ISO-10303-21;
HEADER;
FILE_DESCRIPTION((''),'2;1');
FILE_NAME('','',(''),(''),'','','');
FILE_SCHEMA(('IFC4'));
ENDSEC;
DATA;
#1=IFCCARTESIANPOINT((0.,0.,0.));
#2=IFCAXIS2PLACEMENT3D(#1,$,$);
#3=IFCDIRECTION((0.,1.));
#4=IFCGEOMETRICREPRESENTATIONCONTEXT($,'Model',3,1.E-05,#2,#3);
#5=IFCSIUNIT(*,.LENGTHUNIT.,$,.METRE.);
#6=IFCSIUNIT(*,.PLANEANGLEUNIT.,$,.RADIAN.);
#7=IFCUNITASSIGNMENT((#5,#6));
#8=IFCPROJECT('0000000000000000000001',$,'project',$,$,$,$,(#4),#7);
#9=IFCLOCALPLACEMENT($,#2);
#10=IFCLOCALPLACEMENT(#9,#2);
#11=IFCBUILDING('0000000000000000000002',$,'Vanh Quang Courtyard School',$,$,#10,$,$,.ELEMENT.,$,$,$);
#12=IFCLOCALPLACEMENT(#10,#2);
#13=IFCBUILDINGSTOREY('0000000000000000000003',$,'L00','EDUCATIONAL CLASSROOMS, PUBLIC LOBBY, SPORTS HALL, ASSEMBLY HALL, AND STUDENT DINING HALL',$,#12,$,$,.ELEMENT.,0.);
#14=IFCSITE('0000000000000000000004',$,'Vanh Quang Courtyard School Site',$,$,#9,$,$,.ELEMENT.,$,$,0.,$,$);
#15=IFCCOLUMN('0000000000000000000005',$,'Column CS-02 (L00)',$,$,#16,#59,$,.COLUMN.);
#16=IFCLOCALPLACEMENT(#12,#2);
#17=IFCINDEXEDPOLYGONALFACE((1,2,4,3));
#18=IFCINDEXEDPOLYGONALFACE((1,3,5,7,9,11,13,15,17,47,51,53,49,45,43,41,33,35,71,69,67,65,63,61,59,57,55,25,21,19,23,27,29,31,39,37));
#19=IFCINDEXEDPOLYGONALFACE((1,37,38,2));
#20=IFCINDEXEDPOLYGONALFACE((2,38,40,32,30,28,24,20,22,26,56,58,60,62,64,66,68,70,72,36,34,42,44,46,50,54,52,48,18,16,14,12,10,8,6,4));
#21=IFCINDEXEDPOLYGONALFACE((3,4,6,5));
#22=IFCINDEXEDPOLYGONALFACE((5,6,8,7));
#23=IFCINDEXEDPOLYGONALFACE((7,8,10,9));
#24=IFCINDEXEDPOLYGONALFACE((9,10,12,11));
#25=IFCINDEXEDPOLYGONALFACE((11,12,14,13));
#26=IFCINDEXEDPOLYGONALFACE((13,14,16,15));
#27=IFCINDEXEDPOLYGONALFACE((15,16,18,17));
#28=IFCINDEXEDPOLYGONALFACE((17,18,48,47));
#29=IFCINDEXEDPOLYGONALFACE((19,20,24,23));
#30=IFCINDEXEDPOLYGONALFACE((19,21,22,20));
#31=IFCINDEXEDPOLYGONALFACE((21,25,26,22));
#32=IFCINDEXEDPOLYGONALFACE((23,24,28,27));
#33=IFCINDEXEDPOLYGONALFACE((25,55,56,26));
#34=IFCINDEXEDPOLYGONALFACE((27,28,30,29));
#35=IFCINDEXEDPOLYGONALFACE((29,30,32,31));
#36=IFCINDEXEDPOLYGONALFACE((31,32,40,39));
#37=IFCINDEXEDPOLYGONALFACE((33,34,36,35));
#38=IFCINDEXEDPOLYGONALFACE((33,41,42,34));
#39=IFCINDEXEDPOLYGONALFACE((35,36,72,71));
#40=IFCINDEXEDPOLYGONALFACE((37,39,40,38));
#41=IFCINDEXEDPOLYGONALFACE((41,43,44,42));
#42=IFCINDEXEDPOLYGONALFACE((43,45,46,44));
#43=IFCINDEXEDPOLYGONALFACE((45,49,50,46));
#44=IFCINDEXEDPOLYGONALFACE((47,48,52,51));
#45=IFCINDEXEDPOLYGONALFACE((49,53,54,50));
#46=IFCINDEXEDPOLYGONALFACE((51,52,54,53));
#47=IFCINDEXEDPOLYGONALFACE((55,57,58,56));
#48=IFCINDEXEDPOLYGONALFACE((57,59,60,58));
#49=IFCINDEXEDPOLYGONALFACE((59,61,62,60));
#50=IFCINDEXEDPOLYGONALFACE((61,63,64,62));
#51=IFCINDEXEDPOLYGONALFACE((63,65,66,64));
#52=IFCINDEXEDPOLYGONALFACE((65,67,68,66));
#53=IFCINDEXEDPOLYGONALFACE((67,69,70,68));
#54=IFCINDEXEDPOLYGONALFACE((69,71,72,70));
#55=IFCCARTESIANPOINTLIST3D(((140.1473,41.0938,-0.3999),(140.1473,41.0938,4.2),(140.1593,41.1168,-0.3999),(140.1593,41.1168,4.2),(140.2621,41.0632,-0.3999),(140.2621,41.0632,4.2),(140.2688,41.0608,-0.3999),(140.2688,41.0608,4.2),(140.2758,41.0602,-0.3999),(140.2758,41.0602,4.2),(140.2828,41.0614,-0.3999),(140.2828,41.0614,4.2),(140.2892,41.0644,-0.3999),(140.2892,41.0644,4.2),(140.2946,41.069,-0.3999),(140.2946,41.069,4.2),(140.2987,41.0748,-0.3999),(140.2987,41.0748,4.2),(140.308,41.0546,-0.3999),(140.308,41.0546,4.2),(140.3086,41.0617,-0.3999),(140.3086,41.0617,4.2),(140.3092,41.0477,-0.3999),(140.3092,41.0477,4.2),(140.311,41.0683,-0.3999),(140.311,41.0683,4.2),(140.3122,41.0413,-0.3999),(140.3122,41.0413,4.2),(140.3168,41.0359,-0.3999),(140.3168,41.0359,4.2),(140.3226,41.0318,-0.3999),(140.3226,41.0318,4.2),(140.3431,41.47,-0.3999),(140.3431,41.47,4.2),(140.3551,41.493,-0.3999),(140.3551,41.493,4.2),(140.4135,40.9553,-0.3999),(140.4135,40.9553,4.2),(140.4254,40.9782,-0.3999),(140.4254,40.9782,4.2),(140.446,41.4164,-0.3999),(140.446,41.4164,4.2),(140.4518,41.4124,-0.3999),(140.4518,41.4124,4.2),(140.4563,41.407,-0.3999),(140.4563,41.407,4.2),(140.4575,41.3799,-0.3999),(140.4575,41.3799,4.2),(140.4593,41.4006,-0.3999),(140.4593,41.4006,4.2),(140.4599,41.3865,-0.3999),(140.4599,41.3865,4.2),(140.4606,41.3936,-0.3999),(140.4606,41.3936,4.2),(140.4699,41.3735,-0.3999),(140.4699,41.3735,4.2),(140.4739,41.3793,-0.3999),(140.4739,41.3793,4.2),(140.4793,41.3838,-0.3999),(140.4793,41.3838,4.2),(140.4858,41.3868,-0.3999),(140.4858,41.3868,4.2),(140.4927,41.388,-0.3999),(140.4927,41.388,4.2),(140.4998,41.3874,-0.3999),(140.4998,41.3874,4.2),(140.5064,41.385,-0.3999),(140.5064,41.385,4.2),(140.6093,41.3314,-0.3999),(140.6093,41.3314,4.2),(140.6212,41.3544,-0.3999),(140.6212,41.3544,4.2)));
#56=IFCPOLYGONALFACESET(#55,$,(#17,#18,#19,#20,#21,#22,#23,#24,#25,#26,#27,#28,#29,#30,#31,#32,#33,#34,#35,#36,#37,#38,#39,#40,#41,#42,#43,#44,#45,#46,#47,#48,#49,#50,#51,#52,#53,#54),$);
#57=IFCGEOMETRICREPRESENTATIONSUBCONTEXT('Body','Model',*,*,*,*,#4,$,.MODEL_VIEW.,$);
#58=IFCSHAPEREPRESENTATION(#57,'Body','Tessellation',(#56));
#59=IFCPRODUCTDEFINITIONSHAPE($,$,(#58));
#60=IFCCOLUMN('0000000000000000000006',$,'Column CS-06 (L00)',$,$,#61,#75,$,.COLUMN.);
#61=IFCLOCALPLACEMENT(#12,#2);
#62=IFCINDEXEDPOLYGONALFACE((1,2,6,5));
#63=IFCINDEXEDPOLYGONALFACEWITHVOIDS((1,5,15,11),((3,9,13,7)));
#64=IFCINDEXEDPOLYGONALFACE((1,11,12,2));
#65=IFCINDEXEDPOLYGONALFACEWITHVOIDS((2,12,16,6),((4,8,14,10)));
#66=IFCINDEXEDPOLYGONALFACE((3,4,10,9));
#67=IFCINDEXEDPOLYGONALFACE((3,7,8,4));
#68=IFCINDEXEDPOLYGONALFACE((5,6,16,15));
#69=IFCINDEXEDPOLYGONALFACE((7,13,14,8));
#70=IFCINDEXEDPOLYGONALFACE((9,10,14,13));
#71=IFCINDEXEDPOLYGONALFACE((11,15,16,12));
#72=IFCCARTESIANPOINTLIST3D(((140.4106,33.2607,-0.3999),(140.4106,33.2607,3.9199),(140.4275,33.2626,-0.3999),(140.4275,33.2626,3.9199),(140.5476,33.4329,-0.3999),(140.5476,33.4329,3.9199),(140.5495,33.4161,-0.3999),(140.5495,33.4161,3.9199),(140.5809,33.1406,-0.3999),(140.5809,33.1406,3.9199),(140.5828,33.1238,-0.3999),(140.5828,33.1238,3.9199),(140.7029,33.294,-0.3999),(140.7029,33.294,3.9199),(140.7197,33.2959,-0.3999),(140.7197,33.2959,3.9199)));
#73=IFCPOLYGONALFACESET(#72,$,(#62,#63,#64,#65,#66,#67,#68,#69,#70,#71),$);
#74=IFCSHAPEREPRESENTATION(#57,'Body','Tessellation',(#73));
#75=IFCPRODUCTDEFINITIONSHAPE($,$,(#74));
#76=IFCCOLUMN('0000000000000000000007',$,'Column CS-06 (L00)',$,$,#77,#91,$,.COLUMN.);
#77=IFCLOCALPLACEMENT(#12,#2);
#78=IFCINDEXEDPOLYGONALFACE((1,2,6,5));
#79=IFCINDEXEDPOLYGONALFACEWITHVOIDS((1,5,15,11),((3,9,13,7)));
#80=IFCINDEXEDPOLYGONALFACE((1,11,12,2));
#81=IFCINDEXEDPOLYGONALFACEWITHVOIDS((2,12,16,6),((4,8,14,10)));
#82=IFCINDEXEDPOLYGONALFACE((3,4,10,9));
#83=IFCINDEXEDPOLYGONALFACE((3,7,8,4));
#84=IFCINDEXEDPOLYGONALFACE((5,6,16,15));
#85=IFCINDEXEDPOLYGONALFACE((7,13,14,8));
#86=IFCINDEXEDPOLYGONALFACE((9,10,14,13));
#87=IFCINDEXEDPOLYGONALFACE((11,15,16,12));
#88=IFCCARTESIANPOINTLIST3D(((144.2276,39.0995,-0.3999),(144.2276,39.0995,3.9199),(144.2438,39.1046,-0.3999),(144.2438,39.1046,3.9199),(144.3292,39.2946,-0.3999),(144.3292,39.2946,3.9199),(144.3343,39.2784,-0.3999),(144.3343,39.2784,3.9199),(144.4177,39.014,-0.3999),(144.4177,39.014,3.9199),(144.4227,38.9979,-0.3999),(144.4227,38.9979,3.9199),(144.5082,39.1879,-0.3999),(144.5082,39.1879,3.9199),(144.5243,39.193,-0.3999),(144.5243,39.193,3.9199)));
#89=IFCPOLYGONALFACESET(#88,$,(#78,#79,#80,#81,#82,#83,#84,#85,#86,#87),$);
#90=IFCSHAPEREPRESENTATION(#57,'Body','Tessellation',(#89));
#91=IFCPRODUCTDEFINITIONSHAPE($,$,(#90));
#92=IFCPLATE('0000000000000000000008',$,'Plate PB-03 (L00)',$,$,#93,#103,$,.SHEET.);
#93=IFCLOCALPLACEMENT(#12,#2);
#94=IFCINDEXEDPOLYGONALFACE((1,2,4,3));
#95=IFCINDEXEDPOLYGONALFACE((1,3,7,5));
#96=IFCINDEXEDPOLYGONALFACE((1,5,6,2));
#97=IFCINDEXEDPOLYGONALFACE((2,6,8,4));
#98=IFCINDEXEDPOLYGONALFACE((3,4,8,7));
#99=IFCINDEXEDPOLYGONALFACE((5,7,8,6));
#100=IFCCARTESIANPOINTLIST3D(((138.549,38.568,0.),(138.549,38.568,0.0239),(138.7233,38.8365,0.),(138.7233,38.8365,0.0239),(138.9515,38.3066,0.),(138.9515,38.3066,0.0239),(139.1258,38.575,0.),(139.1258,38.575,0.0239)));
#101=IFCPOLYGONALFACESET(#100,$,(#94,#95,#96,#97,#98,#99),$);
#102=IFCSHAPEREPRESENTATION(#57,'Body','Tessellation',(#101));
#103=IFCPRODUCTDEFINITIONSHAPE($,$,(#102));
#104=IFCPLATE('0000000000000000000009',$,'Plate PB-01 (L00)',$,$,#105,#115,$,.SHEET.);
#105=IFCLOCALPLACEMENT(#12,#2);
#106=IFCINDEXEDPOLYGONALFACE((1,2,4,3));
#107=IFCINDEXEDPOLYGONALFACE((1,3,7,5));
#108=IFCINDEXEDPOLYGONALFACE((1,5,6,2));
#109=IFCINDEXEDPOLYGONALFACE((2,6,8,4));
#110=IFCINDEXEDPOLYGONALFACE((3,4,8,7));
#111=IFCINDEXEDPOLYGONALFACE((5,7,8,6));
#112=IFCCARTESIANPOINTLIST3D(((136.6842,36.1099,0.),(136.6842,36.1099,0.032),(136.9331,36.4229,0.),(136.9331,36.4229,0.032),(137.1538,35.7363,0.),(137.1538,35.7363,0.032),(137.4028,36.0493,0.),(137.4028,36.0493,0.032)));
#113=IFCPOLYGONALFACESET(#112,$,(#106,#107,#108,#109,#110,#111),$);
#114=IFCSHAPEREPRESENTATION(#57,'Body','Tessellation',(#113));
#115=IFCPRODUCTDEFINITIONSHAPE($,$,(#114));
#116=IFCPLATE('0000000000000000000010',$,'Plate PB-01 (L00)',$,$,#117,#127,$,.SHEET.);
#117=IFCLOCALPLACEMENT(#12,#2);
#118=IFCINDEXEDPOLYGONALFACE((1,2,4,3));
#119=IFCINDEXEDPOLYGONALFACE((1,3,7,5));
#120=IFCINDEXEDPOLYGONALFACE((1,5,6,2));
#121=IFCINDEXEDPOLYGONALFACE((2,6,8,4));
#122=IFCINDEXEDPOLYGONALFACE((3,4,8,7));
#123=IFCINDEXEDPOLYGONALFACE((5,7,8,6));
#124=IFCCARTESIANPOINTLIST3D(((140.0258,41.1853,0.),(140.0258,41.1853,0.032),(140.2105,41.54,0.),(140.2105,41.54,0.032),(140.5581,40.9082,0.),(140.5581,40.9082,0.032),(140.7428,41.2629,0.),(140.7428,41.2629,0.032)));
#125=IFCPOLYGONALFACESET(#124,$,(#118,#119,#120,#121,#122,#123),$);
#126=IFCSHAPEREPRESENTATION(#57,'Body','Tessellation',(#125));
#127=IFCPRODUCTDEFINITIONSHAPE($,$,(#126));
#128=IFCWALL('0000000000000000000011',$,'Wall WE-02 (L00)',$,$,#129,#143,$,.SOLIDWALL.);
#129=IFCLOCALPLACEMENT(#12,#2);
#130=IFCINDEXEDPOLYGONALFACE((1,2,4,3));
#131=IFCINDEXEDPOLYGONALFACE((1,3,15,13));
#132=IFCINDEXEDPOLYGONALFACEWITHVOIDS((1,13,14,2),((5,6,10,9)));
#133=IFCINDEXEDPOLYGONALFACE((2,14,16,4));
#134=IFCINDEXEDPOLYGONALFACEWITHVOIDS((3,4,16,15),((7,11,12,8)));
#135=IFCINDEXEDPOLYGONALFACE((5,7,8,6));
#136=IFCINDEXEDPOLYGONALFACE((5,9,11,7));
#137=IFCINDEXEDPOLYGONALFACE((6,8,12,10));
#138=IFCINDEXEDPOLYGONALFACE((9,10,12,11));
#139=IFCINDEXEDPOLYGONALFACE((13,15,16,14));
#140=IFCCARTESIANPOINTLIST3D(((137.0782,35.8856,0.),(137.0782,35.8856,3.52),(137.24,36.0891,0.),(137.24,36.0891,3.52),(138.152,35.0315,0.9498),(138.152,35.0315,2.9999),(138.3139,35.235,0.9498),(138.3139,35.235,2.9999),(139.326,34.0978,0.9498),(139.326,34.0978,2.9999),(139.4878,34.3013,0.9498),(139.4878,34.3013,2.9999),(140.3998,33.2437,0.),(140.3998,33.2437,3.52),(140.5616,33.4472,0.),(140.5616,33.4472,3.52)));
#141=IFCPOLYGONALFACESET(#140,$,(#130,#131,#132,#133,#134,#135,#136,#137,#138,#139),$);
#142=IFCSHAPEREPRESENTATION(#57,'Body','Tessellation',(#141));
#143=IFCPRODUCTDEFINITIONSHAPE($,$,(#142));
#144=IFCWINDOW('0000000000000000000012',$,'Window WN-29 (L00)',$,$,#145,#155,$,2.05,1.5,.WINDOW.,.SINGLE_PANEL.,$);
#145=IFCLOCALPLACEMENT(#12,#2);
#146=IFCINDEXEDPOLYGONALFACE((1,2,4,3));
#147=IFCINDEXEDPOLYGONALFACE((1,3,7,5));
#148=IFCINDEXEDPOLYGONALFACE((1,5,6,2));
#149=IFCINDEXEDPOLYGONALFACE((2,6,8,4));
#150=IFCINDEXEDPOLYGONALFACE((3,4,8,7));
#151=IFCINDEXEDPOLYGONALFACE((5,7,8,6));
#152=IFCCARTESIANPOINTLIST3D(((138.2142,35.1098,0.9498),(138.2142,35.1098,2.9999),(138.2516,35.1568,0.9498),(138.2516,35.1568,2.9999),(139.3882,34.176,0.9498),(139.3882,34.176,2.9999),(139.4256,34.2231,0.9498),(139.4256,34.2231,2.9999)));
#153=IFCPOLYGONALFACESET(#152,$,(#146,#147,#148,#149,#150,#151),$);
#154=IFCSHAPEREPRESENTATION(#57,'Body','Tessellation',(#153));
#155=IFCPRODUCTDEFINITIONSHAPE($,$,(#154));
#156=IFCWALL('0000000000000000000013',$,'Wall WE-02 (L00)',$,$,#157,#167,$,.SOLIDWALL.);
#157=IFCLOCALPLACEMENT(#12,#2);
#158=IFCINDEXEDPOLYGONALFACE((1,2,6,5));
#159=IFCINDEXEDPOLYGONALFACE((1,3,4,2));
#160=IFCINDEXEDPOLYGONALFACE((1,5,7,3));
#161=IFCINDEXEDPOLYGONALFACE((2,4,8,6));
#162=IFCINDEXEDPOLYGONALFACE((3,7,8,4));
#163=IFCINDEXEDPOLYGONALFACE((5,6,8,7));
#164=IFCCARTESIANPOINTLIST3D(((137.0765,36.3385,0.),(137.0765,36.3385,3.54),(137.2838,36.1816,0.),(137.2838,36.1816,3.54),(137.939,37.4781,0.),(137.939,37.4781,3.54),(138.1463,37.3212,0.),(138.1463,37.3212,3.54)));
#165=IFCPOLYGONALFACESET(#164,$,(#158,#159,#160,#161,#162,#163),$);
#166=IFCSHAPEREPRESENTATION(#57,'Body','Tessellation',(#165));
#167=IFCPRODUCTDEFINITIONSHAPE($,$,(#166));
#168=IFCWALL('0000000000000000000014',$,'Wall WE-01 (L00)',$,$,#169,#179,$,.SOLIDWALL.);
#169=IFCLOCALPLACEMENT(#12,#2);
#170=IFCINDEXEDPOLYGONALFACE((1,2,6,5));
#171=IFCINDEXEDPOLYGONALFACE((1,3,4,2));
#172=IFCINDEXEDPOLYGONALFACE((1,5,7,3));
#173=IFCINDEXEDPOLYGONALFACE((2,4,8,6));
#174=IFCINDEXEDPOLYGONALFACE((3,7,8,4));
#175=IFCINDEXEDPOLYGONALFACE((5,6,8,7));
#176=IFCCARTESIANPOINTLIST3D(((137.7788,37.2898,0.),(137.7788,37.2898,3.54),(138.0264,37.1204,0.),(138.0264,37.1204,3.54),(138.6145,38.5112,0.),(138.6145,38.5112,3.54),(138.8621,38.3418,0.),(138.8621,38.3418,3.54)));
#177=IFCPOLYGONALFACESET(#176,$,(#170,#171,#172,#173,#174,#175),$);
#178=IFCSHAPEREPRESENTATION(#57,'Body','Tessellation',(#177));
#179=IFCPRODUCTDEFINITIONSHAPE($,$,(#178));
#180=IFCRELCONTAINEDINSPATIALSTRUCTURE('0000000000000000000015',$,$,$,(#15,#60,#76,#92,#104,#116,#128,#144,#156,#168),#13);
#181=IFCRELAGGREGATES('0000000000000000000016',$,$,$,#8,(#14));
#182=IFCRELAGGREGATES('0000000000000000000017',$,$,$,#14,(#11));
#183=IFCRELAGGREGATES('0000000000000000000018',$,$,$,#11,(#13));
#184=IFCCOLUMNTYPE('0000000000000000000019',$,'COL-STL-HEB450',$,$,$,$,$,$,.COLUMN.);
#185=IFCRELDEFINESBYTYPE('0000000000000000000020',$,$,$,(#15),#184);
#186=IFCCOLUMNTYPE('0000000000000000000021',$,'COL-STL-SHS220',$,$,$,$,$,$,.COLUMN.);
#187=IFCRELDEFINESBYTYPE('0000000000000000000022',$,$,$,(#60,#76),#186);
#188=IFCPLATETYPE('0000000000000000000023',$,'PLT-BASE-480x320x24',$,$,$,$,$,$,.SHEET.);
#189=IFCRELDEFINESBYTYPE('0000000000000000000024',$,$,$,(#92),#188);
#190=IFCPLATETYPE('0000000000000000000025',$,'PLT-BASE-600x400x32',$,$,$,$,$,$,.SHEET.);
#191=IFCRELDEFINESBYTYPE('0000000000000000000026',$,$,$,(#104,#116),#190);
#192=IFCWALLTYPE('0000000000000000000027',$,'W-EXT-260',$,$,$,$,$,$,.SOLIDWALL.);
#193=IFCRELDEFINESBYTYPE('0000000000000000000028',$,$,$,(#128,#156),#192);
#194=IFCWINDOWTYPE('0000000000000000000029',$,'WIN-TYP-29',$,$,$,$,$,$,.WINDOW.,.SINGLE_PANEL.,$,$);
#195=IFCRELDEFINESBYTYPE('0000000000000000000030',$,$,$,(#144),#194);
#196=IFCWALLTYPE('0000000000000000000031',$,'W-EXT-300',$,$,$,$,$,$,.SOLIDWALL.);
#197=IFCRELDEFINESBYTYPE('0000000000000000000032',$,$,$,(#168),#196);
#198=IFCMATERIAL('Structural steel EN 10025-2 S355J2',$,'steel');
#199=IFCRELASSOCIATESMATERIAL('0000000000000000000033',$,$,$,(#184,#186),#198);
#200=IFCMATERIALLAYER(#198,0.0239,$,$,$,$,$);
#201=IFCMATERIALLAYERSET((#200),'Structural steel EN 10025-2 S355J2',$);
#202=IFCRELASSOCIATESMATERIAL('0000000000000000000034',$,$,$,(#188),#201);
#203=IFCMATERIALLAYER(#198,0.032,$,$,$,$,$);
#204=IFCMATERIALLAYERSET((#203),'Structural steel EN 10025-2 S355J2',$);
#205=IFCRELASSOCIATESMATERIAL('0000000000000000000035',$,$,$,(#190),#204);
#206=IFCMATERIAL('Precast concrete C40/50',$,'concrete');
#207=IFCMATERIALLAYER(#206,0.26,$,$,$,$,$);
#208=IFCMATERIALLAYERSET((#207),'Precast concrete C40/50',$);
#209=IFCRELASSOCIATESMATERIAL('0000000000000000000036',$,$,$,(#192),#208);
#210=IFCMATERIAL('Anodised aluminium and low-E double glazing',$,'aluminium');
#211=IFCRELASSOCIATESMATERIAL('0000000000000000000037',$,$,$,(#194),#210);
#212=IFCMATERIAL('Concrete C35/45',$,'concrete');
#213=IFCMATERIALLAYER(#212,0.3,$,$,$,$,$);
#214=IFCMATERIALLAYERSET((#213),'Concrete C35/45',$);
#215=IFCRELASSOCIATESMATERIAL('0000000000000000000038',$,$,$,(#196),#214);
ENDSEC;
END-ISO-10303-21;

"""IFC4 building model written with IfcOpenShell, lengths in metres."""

from ifc_helpers import new_model, si_unit, direction, frame, frame_2d, origin, origin_2d, place, context, subcontext, project, spatial, rectangle, hollow_rectangle, i_section, extrude, material, layer, layer_set, material_profile, profile_set, type_object, element, fill, save


model = new_model("IFC4")

# Units and contexts
model_context = context("Model", 3, precision=1e-05, world=origin(), true_north=direction((0.0, 1.0)))
body_context = subcontext(model_context, "Body", "Model", "MODEL_VIEW")
ifc_project = project(units=[si_unit("LENGTHUNIT", "METRE"), si_unit("PLANEANGLEUNIT", "RADIAN")], contexts=[model_context])

# Site, building, storey
site_placement = place(None, origin())
site = spatial("IfcSite", under=ifc_project, at=site_placement, Name="Vanh Quang Courtyard School Site", CompositionType="ELEMENT", RefElevation=0.0)
building_placement = place(site_placement, origin())
building = spatial("IfcBuilding", under=site, at=building_placement, Name="Vanh Quang Courtyard School", CompositionType="ELEMENT")
storey_placement = place(building_placement, origin())
storey = spatial("IfcBuildingStorey", under=building, at=storey_placement, Name="L00", Description="EDUCATIONAL CLASSROOMS, PUBLIC LOBBY, SPORTS HALL, ASSEMBLY HALL, AND STUDENT DINING HALL", CompositionType="ELEMENT", Elevation=0.0)

# Shared definitions
ifc_material_1 = material(Name="Concrete C35/45", Category="concrete")

# Columns
ifc_material_2 = material(Name="Structural steel EN 10025-2 S355J2", Category="steel")
ifc_material_profile_1 = material_profile(ifc_material_2, i_section(OverallWidth=0.3, OverallDepth=0.45, WebThickness=0.0139, FlangeThickness=0.0259, FilletRadius=0.0271, at=origin_2d()), Name="HEB 450")
ifc_profile_set_1 = profile_set([ifc_material_profile_1], Name="Structural steel EN 10025-2 S355J2")
column_type_1 = type_object("IfcColumnType", Name="COL-STL-HEB450", PredefinedType="COLUMN", material=ifc_profile_set_1)
for number, where, z_axis, x_axis, name in (
    (1, (140.3843, 41.2241, -0.3999), (0.0, 0.0, 1.0), (0.887011, -0.461749, 0.0), "Column CS-02 (L00)"),
):
    element("IfcColumn", number, at=place(storey_placement, frame(where, z_axis=z_axis, x_axis=x_axis)), inside=storey, type_object=column_type_1, Name=name, PredefinedType="COLUMN", context=body_context, shape_type="SweptSolid", body=[
        extrude(i_section(OverallWidth=0.3, OverallDepth=0.45, WebThickness=0.0139, FlangeThickness=0.0259, FilletRadius=0.0271, at=origin_2d()), origin(), (0.0, 0.0, 1.0), 4.5999),
    ])
ifc_material_profile_2 = material_profile(ifc_material_2, hollow_rectangle(XDim=0.22, YDim=0.22, WallThickness=0.012, at=origin_2d()), Name="SHS 220x220x12")
ifc_profile_set_2 = profile_set([ifc_material_profile_2], Name="Structural steel EN 10025-2 S355J2")
column_type_2 = type_object("IfcColumnType", Name="COL-STL-SHS220", PredefinedType="COLUMN", material=ifc_profile_set_2)
for number, where, z_axis, x_axis, name in (
    (2, (140.5652, 33.2783, -0.3999), (0.0, 0.0, 1.0), (0.782608, -0.622515, 0.0), "Column CS-06 (L00)"),
    (3, (144.376, 39.1462, -0.3999), (0.0, 0.0, 1.0), (0.887011, -0.461749, 0.0), "Column CS-06 (L00)"),
):
    element("IfcColumn", number, at=place(storey_placement, frame(where, z_axis=z_axis, x_axis=x_axis)), inside=storey, type_object=column_type_2, Name=name, PredefinedType="COLUMN", context=body_context, shape_type="SweptSolid", body=[
        extrude(hollow_rectangle(XDim=0.22, YDim=0.22, WallThickness=0.012, at=origin_2d()), origin(), (0.0, 0.0, 1.0), 4.3198),
    ])

# Plates
ifc_layer_1 = layer(ifc_material_2, 0.0239)
ifc_layer_set_1 = layer_set([ifc_layer_1], Name="Structural steel EN 10025-2 S355J2")
plate_type_1 = type_object("IfcPlateType", Name="PLT-BASE-480x320x24", PredefinedType="SHEET", material=ifc_layer_set_1)
plate_placement = place(storey_placement, frame((138.8374, 38.5715, 0.0), z_axis=(0.0, 0.0, 1.0), x_axis=(0.838671, -0.544639, 0.0)))
element("IfcPlate", 4, at=plate_placement, inside=storey, type_object=plate_type_1, Name="Plate PB-03 (L00)", PredefinedType="SHEET", context=body_context, shape_type="SweptSolid", body=[
    extrude(rectangle(XDim=0.48, YDim=0.3201, at=origin_2d()), origin(), (0.0, 0.0, 1.0), 0.0239),
])
ifc_layer_2 = layer(ifc_material_2, 0.032)
ifc_layer_set_2 = layer_set([ifc_layer_2], Name="Structural steel EN 10025-2 S355J2")
plate_type_2 = type_object("IfcPlateType", Name="PLT-BASE-600x400x32", PredefinedType="SHEET", material=ifc_layer_set_2)
for number, where, z_axis, x_axis, name in (
    (5, (137.0435, 36.0796, 0.0), (0.0, 0.0, 1.0), (0.782608, -0.622515, 0.0), "Plate PB-01 (L00)"),
    (6, (140.3843, 41.2241, 0.0), (0.0, 0.0, 1.0), (0.887011, -0.461749, 0.0), "Plate PB-01 (L00)"),
):
    element("IfcPlate", number, at=place(storey_placement, frame(where, z_axis=z_axis, x_axis=x_axis)), inside=storey, type_object=plate_type_2, Name=name, PredefinedType="SHEET", context=body_context, shape_type="SweptSolid", body=[
        extrude(rectangle(XDim=0.6001, YDim=0.3999, at=origin_2d()), origin(), (0.0, 0.0, 1.0), 0.032),
    ])

# Wall, opening, window
ifc_material_3 = material(Name="Precast concrete C40/50", Category="concrete")
ifc_layer_3 = layer(ifc_material_3, 0.26)
ifc_layer_set_3 = layer_set([ifc_layer_3], Name="Precast concrete C40/50")
wall_type_1 = type_object("IfcWallType", Name="W-EXT-260", PredefinedType="SOLIDWALL", material=ifc_layer_set_3)
wall_1_placement = place(storey_placement, frame((140.4807, 33.3455, 0.0), z_axis=(0.0, 0.0, 1.0), x_axis=(-0.782634, 0.622483, 0.0)))
wall_1 = element("IfcWall", 7, at=wall_1_placement, inside=storey, type_object=wall_type_1, Name="Wall WE-02 (L00)", PredefinedType="SOLIDWALL", context=body_context, shape_type="SweptSolid", body=[
    extrude(rectangle(XDim=4.2441, YDim=0.26, at=frame_2d((2.1221, 0.0))), origin(), (0.0, 0.0, 1.0), 3.52),
])
opening_placement = place(wall_1_placement, frame((1.3721, 0.0, 0.95)))
opening = element("IfcOpeningElement", 8, at=opening_placement, cuts=wall_1, PredefinedType="OPENING", context=body_context, shape_type="SweptSolid", body=[
    extrude(rectangle(XDim=1.5, YDim=2.05, at=frame_2d((0.75, 1.0249))), frame((0.0, 0.1401, 0.0), z_axis=(0.0, -1.0, 0.0), x_axis=(1.0, 0.0, 0.0)), (0.0, 0.0, 1.0), 0.28),
])
ifc_material_4 = material(Name="Anodised aluminium and low-E double glazing", Category="aluminium")
window_type = type_object("IfcWindowType", Name="WIN-TYP-29", PartitioningType="SINGLE_PANEL", PredefinedType="WINDOW", material=ifc_material_4)
window_placement = place(opening_placement, origin())
window = element("IfcWindow", 9, at=window_placement, inside=storey, type_object=window_type, Name="Window WN-29 (L00)", OverallHeight=2.05, OverallWidth=1.5, PartitioningType="SINGLE_PANEL", PredefinedType="WINDOW", context=body_context, shape_type="SweptSolid", body=[
    extrude(rectangle(XDim=1.5, YDim=2.05, at=frame_2d((0.75, 1.0249))), frame((0.0, 0.03, 0.0), z_axis=(0.0, -1.0, 0.0), x_axis=(1.0, 0.0, 0.0)), (0.0, 0.0, 1.0), 0.0601),
])
fill(opening, window)

# Walls
wall_2_placement = place(storey_placement, frame((137.1802, 36.26, 0.0), z_axis=(0.0, 0.0, 1.0), x_axis=(0.603493, 0.797369, 0.0)))
element("IfcWall", 10, at=wall_2_placement, inside=storey, type_object=wall_type_1, Name="Wall WE-02 (L00)", PredefinedType="SOLIDWALL", context=body_context, shape_type="SweptSolid", body=[
    extrude(rectangle(XDim=1.4292, YDim=0.26, at=frame_2d((0.7146, 0.0))), origin(), (0.0, 0.0, 1.0), 3.54),
])
ifc_layer_4 = layer(ifc_material_1, 0.3)
ifc_layer_set_4 = layer_set([ifc_layer_4], Name="Concrete C35/45")
wall_type_2 = type_object("IfcWallType", Name="W-EXT-300", PredefinedType="SOLIDWALL", material=ifc_layer_set_4)
for number, where, z_axis, x_axis, name in (
    (11, (137.9026, 37.2051, 0.0), (0.0, 0.0, 1.0), (0.564672, 0.825315, 0.0), "Wall WE-01 (L00)"),
):
    element("IfcWall", number, at=place(storey_placement, frame(where, z_axis=z_axis, x_axis=x_axis)), inside=storey, type_object=wall_type_2, Name=name, PredefinedType="SOLIDWALL", context=body_context, shape_type="SweptSolid", body=[
        extrude(rectangle(XDim=1.48, YDim=0.3, at=frame_2d((0.74, 0.0))), origin(), (0.0, 0.0, 1.0), 3.54),
    ])

save(model, "model.ifc")
